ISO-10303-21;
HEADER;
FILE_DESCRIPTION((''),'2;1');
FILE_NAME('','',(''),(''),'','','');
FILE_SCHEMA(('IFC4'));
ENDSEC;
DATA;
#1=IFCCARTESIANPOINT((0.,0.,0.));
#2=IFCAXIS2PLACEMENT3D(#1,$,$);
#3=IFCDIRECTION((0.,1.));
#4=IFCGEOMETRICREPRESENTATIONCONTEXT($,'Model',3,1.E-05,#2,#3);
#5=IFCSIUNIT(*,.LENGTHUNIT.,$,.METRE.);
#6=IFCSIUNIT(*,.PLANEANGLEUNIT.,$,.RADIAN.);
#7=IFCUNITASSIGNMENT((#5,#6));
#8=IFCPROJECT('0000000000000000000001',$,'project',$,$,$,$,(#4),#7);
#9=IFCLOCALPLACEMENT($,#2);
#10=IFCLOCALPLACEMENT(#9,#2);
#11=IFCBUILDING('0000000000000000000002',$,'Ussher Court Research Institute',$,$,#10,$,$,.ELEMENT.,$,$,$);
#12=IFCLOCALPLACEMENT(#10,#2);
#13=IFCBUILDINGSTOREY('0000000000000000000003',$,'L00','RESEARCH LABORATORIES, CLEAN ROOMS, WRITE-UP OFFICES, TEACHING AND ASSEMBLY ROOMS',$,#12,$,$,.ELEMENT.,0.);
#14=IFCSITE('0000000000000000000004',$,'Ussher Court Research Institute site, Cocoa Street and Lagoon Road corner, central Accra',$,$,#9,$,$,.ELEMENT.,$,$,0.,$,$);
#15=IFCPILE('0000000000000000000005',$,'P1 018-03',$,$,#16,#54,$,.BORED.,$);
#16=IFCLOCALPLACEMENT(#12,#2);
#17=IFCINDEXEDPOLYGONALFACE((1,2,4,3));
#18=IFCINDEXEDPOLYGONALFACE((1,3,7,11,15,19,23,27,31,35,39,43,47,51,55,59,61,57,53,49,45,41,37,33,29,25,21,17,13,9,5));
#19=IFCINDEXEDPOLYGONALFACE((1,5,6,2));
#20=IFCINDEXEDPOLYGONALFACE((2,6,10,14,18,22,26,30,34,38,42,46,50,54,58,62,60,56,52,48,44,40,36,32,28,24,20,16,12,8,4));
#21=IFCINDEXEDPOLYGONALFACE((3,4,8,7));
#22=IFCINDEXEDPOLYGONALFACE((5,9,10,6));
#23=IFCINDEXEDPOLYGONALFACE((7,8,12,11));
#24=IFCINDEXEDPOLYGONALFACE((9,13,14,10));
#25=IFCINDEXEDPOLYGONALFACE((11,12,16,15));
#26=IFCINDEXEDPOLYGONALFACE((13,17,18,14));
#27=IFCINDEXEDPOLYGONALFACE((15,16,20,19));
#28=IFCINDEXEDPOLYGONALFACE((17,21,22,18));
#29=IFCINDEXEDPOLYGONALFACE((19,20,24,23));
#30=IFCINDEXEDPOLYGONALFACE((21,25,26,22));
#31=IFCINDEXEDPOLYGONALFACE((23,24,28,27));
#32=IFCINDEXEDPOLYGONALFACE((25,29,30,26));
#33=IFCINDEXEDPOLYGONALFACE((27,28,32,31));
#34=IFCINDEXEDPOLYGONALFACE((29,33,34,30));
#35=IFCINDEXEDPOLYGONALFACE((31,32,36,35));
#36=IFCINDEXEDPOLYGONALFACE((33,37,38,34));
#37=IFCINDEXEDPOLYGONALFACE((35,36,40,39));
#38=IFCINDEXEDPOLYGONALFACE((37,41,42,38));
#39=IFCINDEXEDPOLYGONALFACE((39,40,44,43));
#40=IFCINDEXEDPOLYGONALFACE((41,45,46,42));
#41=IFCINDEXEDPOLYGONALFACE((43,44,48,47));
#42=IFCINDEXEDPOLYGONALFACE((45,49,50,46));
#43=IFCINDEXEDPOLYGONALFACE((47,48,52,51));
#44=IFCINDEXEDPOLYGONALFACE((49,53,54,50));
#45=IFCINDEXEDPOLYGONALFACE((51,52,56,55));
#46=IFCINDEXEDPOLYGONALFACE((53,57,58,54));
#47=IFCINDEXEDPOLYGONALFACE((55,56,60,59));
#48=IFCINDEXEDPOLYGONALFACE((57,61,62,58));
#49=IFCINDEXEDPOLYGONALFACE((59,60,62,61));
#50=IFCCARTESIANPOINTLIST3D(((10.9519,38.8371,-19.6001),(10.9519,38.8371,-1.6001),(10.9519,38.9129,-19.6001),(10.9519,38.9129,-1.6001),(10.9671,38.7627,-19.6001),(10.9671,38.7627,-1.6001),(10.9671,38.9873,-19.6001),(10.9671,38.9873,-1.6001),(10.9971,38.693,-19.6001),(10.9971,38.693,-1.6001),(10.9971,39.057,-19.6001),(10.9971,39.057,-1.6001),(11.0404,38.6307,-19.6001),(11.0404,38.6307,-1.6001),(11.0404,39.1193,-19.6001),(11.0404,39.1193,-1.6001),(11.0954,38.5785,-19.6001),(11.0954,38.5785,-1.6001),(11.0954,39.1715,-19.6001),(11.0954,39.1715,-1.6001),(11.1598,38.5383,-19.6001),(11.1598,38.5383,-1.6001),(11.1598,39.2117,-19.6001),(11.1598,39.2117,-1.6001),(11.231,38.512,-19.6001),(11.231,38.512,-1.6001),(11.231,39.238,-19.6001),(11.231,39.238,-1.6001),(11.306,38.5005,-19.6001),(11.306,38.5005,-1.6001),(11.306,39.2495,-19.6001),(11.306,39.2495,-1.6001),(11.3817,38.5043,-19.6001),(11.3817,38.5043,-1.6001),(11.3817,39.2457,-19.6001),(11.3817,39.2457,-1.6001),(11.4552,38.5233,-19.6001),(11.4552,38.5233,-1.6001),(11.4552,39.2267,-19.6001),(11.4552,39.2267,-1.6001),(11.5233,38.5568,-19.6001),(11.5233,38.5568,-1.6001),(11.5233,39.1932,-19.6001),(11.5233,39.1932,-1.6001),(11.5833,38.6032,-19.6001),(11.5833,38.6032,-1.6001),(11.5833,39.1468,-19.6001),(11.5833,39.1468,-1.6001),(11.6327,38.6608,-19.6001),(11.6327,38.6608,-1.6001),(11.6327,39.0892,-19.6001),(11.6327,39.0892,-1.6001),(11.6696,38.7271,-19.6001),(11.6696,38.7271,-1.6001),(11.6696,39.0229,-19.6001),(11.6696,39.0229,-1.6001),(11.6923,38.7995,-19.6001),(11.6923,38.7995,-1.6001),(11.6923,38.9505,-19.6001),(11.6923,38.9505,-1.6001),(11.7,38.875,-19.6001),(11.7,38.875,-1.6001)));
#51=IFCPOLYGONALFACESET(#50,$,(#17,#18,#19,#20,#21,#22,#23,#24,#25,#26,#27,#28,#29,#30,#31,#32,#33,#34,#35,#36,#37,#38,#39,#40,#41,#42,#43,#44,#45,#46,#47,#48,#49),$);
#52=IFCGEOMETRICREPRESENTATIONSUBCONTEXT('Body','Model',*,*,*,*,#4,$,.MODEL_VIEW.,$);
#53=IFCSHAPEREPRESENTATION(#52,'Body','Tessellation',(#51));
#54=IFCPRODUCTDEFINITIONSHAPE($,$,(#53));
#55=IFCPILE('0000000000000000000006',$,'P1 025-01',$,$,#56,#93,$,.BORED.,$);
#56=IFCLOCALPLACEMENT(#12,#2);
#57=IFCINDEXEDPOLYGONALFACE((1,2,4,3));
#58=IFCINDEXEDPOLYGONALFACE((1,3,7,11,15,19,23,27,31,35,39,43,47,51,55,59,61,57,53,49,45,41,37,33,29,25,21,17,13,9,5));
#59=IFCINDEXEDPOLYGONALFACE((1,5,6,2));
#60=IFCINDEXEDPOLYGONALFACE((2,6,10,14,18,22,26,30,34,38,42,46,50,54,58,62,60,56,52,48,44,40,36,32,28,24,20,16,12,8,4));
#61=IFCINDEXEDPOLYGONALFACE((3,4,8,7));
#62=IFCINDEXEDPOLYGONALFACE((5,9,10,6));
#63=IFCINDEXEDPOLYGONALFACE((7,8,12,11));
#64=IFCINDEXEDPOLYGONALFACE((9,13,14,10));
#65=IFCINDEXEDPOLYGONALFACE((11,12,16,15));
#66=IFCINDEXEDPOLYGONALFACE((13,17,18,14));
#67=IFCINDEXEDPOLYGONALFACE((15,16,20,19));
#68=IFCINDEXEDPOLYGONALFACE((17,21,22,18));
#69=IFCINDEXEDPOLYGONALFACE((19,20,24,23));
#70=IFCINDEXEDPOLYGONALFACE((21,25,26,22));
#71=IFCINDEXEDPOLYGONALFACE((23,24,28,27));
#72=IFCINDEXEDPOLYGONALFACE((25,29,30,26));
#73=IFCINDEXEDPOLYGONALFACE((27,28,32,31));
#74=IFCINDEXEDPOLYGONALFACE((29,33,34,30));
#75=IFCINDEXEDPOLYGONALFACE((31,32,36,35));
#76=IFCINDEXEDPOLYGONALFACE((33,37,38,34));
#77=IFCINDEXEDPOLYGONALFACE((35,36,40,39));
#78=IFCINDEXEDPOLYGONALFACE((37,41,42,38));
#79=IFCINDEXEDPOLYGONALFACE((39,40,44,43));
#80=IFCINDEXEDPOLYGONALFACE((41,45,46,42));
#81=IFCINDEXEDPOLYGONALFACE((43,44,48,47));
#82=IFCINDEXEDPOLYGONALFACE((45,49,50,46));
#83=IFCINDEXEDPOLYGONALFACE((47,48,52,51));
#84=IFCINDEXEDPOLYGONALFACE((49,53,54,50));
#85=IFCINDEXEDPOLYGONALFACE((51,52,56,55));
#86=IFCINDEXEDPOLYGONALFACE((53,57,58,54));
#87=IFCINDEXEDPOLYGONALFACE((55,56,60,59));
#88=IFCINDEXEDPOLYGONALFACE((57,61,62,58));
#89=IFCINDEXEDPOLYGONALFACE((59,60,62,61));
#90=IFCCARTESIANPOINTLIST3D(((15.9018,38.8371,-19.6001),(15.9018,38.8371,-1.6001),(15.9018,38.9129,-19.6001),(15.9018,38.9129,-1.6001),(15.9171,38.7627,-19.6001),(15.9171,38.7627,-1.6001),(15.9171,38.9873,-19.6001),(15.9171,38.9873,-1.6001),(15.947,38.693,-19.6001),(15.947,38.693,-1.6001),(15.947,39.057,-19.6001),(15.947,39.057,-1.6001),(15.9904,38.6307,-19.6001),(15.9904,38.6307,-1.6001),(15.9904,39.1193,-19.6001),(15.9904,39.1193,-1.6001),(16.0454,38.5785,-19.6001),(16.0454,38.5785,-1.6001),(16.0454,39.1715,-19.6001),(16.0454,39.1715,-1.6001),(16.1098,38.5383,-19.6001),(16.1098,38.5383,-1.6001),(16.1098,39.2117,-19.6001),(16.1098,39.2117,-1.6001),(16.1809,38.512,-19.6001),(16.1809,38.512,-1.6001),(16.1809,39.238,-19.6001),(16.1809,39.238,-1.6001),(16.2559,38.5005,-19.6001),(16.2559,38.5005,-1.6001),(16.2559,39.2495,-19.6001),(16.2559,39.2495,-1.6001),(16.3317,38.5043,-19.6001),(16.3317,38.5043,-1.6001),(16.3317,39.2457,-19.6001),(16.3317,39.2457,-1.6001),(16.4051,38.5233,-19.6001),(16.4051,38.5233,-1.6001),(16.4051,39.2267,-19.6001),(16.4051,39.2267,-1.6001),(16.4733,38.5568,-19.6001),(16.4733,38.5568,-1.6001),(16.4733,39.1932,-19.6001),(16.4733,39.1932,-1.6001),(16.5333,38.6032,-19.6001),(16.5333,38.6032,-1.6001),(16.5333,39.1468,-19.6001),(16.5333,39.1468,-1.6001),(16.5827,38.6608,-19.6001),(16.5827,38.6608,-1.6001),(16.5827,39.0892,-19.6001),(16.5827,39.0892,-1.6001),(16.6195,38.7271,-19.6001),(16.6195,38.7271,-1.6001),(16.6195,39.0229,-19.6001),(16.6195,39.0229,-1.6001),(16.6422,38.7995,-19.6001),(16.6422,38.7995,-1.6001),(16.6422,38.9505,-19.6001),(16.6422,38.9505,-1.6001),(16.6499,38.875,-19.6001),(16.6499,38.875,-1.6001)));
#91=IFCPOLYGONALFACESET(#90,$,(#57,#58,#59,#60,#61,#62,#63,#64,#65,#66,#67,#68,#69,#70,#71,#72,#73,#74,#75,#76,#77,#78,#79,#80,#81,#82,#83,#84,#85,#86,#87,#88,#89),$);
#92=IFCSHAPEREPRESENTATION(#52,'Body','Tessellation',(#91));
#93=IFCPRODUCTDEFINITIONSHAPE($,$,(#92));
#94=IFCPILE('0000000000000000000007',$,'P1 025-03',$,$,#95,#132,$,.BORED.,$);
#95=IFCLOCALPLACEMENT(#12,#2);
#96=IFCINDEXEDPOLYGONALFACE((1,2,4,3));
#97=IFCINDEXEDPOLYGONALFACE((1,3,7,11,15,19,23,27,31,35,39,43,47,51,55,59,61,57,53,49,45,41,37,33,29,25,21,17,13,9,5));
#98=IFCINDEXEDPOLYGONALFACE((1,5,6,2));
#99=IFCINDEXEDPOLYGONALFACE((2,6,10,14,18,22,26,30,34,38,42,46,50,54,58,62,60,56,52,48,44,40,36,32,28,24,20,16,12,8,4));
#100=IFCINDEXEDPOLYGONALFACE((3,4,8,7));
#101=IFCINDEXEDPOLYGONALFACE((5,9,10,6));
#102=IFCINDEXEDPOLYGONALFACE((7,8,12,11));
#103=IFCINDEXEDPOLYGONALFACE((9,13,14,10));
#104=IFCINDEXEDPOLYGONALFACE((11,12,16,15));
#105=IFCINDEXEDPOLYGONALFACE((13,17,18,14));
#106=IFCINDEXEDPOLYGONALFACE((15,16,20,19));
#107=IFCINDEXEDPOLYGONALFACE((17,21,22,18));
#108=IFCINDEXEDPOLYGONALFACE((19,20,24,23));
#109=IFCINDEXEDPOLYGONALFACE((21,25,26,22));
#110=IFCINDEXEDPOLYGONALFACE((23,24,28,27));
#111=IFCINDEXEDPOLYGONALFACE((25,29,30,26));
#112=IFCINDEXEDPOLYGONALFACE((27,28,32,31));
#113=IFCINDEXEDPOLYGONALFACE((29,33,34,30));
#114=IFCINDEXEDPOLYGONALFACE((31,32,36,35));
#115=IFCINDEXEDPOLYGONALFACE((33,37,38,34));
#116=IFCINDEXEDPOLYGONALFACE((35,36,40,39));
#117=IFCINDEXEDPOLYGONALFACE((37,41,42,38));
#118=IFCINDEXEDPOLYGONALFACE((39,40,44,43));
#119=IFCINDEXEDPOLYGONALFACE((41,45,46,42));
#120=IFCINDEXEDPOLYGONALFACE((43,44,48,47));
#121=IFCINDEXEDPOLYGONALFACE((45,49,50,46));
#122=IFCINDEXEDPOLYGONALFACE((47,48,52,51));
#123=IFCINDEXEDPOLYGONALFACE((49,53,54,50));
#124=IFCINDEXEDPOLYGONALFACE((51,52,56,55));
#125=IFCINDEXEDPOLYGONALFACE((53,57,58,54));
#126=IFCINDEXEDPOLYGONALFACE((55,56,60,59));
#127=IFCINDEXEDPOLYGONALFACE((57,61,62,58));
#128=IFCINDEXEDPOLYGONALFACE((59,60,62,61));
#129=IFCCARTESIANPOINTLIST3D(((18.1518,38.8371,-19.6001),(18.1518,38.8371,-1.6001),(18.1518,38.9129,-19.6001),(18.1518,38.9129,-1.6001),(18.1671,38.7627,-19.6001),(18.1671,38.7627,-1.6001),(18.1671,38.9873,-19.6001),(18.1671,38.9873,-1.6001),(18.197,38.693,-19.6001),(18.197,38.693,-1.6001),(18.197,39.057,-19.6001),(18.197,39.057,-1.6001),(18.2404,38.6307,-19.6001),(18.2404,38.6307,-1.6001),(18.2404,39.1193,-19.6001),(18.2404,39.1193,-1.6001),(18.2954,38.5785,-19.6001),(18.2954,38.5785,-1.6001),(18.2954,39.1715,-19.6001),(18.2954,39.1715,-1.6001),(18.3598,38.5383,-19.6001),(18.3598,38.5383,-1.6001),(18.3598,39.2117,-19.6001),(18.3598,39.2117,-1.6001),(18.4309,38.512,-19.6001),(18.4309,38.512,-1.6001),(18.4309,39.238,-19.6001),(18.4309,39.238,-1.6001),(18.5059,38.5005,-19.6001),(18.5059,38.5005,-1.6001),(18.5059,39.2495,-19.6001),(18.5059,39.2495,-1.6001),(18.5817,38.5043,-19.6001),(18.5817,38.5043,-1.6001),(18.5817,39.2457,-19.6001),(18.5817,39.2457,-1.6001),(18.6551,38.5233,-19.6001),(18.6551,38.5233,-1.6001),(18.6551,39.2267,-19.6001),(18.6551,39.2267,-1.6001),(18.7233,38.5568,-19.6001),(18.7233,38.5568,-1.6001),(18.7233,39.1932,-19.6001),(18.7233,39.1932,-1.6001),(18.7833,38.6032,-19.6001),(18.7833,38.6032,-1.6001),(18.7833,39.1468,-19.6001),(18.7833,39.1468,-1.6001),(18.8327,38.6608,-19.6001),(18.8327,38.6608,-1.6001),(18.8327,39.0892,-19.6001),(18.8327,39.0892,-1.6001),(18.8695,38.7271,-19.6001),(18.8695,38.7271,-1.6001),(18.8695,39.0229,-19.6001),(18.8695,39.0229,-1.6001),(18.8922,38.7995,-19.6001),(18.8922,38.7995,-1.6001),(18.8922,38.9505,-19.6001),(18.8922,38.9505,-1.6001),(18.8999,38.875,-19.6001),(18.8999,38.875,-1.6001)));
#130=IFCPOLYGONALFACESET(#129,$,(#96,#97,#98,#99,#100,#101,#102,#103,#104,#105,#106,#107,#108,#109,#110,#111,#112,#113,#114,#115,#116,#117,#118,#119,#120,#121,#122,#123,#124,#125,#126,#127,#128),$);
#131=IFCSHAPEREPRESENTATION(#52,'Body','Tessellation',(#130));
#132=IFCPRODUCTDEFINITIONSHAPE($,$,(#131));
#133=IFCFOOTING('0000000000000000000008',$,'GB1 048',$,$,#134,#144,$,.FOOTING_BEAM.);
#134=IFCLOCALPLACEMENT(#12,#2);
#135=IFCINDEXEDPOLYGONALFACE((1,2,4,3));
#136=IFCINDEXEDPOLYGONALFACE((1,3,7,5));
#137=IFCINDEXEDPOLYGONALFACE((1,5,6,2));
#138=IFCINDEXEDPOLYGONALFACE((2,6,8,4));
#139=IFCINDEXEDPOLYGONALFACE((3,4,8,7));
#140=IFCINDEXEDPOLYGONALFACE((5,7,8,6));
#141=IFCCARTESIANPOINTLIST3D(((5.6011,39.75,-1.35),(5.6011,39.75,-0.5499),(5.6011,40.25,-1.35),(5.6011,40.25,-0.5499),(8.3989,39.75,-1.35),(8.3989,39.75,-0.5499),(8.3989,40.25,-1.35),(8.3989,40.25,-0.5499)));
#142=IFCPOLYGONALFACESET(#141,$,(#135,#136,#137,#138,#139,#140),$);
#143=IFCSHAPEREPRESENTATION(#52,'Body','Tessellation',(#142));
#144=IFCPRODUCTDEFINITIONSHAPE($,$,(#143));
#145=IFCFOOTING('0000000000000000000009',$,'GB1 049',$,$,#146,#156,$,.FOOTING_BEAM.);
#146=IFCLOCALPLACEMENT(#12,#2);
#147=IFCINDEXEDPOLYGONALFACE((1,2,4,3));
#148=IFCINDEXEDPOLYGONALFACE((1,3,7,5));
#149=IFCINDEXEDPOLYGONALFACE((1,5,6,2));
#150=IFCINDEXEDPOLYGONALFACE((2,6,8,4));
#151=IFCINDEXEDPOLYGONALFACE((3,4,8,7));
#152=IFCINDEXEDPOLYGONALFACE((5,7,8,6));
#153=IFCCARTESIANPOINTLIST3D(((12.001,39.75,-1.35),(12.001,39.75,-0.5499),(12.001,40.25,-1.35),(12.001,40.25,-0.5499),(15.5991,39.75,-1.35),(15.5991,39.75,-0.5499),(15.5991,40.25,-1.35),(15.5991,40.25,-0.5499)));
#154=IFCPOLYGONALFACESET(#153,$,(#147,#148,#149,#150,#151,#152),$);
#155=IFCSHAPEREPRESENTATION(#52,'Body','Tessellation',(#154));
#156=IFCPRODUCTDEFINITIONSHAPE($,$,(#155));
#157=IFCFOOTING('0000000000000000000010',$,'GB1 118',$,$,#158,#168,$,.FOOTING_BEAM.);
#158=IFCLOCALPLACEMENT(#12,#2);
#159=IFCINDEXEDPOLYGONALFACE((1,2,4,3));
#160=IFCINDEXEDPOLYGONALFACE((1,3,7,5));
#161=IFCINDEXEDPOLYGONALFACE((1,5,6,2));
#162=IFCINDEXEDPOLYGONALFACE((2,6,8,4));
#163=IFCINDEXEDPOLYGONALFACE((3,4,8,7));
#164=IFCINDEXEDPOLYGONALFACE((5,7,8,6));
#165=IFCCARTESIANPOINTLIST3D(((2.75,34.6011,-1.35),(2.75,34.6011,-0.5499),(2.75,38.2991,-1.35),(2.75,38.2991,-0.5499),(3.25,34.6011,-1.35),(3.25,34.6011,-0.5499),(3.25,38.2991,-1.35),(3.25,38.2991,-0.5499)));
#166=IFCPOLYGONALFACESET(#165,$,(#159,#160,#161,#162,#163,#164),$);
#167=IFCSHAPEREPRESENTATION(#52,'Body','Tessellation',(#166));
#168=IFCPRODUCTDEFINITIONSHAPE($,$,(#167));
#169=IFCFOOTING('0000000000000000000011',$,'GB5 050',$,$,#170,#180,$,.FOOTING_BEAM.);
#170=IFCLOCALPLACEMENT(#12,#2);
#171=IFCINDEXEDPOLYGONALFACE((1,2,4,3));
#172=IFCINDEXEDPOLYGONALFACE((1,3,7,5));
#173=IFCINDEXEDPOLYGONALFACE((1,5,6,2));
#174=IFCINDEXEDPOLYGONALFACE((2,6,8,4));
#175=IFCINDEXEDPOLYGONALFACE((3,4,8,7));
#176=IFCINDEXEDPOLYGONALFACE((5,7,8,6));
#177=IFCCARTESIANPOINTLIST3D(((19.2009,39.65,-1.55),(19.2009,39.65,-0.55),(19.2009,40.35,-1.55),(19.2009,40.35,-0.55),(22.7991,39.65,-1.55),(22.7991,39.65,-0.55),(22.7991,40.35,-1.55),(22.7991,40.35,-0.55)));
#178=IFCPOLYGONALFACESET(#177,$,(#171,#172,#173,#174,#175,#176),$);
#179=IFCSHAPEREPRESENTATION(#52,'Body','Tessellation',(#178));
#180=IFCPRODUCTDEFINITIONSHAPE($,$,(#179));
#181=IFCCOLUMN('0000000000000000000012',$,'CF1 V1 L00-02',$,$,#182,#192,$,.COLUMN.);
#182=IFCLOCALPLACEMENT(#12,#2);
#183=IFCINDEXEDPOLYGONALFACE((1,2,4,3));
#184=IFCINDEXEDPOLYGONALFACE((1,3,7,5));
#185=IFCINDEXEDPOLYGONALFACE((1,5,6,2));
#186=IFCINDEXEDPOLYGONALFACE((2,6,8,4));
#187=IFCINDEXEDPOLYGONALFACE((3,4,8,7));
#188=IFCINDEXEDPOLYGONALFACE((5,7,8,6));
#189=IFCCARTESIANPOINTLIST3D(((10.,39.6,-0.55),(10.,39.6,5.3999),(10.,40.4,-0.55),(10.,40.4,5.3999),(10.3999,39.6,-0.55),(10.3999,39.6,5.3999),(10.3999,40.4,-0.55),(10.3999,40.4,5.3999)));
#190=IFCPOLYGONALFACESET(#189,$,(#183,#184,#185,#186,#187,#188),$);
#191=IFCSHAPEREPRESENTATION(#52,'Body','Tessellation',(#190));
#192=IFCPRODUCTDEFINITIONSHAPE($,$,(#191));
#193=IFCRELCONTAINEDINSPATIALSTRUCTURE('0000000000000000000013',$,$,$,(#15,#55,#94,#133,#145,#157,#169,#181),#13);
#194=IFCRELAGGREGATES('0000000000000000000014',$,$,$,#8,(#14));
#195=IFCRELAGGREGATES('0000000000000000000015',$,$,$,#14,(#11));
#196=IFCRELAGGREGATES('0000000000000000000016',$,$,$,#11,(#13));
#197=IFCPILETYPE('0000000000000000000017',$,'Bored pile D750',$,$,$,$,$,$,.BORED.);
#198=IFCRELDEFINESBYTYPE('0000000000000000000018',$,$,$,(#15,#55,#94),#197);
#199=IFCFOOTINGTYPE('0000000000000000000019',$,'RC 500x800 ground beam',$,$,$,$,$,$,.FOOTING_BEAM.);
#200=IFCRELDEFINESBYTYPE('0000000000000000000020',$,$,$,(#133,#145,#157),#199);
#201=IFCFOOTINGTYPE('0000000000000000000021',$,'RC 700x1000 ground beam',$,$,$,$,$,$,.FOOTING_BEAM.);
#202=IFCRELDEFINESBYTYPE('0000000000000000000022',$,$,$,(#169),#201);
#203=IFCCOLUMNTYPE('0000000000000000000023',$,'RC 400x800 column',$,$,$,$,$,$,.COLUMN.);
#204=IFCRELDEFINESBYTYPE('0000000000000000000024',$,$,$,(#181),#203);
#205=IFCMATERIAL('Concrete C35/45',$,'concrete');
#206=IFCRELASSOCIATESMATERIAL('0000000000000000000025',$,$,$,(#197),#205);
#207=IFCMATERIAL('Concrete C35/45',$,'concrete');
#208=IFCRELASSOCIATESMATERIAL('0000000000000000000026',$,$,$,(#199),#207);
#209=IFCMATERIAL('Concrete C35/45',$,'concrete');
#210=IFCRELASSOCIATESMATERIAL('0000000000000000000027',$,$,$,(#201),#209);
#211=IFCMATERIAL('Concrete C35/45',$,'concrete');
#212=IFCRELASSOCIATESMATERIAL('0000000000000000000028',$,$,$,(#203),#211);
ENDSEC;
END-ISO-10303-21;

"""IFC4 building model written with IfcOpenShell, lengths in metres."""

from ifc_helpers import new_model, si_unit, direction, frame, origin, origin_2d, place, context, subcontext, project, spatial, rectangle, circle, extrude, material, material_profile, profile_set, type_object, element, save


model = new_model("IFC4")

# Units and contexts
model_context = context("Model", 3, precision=1e-05, world=origin(), true_north=direction((0.0, 1.0)))
body_context = subcontext(model_context, "Body", "Model", "MODEL_VIEW")
ifc_project = project(units=[si_unit("LENGTHUNIT", "METRE"), si_unit("PLANEANGLEUNIT", "RADIAN")], contexts=[model_context])

# Site, building, storey
site_placement = place(None, origin())
site = spatial("IfcSite", under=ifc_project, at=site_placement, Name="Ussher Court Research Institute site, Cocoa Street and Lagoon Road corner, central Accra", CompositionType="ELEMENT", RefElevation=0.0)
building_placement = place(site_placement, origin())
building = spatial("IfcBuilding", under=site, at=building_placement, Name="Ussher Court Research Institute", CompositionType="ELEMENT")
storey_placement = place(building_placement, origin())
storey = spatial("IfcBuildingStorey", under=building, at=storey_placement, Name="L00", Description="RESEARCH LABORATORIES, CLEAN ROOMS, WRITE-UP OFFICES, TEACHING AND ASSEMBLY ROOMS", CompositionType="ELEMENT", Elevation=0.0)

# Piles
ifc_material_1 = material(Name="Concrete C35/45", Category="concrete")
ifc_material_profile_1 = material_profile(ifc_material_1, circle(Radius=0.375, at=origin_2d()), Name="RC D750")
ifc_profile_set_1 = profile_set([ifc_material_profile_1], Name="Concrete C35/45")
pile_type_1 = type_object("IfcPileType", Name="Bored pile D750", PredefinedType="BORED", material=ifc_profile_set_1)
for number, where, z_axis, x_axis, name in (
    (1, (11.325, 38.875, -1.6001), (0.0, 0.0, -1.0), (1.0, 0.0, 0.0), "P1 018-03"),
    (2, (16.2749, 38.875, -1.6001), (0.0, 0.0, -1.0), (1.0, 0.0, 0.0), "P1 025-01"),
    (3, (18.5249, 38.875, -1.6001), (0.0, 0.0, -1.0), (1.0, 0.0, 0.0), "P1 025-03"),
):
    element("IfcPile", number, at=place(storey_placement, frame(where, z_axis=z_axis, x_axis=x_axis)), inside=storey, type_object=pile_type_1, Name=name, PredefinedType="BORED", context=body_context, shape_type="SweptSolid", body=[
        extrude(circle(Radius=0.375, at=origin_2d()), origin(), (0.0, 0.0, 1.0), 18.0),
    ])

# Footings
ifc_material_2 = material(Name="Concrete C35/45", Category="concrete")
ifc_material_profile_2 = material_profile(ifc_material_2, rectangle(XDim=0.5, YDim=0.8, at=origin_2d()), Name="RC 500x800")
ifc_profile_set_2 = profile_set([ifc_material_profile_2], Name="Concrete C35/45")
footing_type_1 = type_object("IfcFootingType", Name="RC 500x800 ground beam", PredefinedType="FOOTING_BEAM", material=ifc_profile_set_2)
footing_1_placement = place(storey_placement, frame((5.6011, 40.0, -0.95), z_axis=(1.0, 0.0, 0.0), x_axis=(0.0, 1.0, 0.0)))
element("IfcFooting", 4, at=footing_1_placement, inside=storey, type_object=footing_type_1, Name="GB1 048", PredefinedType="FOOTING_BEAM", context=body_context, shape_type="SweptSolid", body=[
    extrude(rectangle(XDim=0.5, YDim=0.8, at=origin_2d()), origin(), (0.0, 0.0, 1.0), 2.7979),
])
footing_2_placement = place(storey_placement, frame((12.001, 40.0, -0.95), z_axis=(1.0, 0.0, 0.0), x_axis=(0.0, 1.0, 0.0)))
element("IfcFooting", 5, at=footing_2_placement, inside=storey, type_object=footing_type_1, Name="GB1 049", PredefinedType="FOOTING_BEAM", context=body_context, shape_type="SweptSolid", body=[
    extrude(rectangle(XDim=0.5, YDim=0.8, at=origin_2d()), origin(), (0.0, 0.0, 1.0), 3.5981),
])
footing_3_placement = place(storey_placement, frame((3.0, 34.6011, -0.95), z_axis=(0.0, 1.0, 0.0), x_axis=(-1.0, 0.0, 0.0)))
element("IfcFooting", 6, at=footing_3_placement, inside=storey, type_object=footing_type_1, Name="GB1 118", PredefinedType="FOOTING_BEAM", context=body_context, shape_type="SweptSolid", body=[
    extrude(rectangle(XDim=0.5, YDim=0.8, at=origin_2d()), origin(), (0.0, 0.0, 1.0), 3.698),
])
ifc_material_3 = material(Name="Concrete C35/45", Category="concrete")
ifc_material_profile_3 = material_profile(ifc_material_3, rectangle(XDim=0.7, YDim=1.0, at=origin_2d()), Name="RC 700x1000")
ifc_profile_set_3 = profile_set([ifc_material_profile_3], Name="Concrete C35/45")
footing_type_2 = type_object("IfcFootingType", Name="RC 700x1000 ground beam", PredefinedType="FOOTING_BEAM", material=ifc_profile_set_3)
footing_4_placement = place(storey_placement, frame((19.2009, 40.0, -1.05), z_axis=(1.0, 0.0, 0.0), x_axis=(0.0, 1.0, 0.0)))
element("IfcFooting", 7, at=footing_4_placement, inside=storey, type_object=footing_type_2, Name="GB5 050", PredefinedType="FOOTING_BEAM", context=body_context, shape_type="SweptSolid", body=[
    extrude(rectangle(XDim=0.7, YDim=1.0, at=origin_2d()), origin(), (0.0, 0.0, 1.0), 3.5981),
])

# Column
ifc_material_4 = material(Name="Concrete C35/45", Category="concrete")
ifc_material_profile_4 = material_profile(ifc_material_4, rectangle(XDim=0.3999, YDim=0.8, at=origin_2d()), Name="RC 400x800")
ifc_profile_set_4 = profile_set([ifc_material_profile_4], Name="Concrete C35/45")
column_type_1 = type_object("IfcColumnType", Name="RC 400x800 column", PredefinedType="COLUMN", material=ifc_profile_set_4)
for number, where, z_axis, x_axis, name in (
    (8, (10.2, 40.0, -0.55), (0.0, 0.0, 1.0), (1.0, 0.0, 0.0), "CF1 V1 L00-02"),
):
    element("IfcColumn", number, at=place(storey_placement, frame(where, z_axis=z_axis, x_axis=x_axis)), inside=storey, type_object=column_type_1, Name=name, PredefinedType="COLUMN", context=body_context, shape_type="SweptSolid", body=[
        extrude(rectangle(XDim=0.3999, YDim=0.8, at=origin_2d()), origin(), (0.0, 0.0, 1.0), 5.95),
    ])

save(model, "model.ifc")
